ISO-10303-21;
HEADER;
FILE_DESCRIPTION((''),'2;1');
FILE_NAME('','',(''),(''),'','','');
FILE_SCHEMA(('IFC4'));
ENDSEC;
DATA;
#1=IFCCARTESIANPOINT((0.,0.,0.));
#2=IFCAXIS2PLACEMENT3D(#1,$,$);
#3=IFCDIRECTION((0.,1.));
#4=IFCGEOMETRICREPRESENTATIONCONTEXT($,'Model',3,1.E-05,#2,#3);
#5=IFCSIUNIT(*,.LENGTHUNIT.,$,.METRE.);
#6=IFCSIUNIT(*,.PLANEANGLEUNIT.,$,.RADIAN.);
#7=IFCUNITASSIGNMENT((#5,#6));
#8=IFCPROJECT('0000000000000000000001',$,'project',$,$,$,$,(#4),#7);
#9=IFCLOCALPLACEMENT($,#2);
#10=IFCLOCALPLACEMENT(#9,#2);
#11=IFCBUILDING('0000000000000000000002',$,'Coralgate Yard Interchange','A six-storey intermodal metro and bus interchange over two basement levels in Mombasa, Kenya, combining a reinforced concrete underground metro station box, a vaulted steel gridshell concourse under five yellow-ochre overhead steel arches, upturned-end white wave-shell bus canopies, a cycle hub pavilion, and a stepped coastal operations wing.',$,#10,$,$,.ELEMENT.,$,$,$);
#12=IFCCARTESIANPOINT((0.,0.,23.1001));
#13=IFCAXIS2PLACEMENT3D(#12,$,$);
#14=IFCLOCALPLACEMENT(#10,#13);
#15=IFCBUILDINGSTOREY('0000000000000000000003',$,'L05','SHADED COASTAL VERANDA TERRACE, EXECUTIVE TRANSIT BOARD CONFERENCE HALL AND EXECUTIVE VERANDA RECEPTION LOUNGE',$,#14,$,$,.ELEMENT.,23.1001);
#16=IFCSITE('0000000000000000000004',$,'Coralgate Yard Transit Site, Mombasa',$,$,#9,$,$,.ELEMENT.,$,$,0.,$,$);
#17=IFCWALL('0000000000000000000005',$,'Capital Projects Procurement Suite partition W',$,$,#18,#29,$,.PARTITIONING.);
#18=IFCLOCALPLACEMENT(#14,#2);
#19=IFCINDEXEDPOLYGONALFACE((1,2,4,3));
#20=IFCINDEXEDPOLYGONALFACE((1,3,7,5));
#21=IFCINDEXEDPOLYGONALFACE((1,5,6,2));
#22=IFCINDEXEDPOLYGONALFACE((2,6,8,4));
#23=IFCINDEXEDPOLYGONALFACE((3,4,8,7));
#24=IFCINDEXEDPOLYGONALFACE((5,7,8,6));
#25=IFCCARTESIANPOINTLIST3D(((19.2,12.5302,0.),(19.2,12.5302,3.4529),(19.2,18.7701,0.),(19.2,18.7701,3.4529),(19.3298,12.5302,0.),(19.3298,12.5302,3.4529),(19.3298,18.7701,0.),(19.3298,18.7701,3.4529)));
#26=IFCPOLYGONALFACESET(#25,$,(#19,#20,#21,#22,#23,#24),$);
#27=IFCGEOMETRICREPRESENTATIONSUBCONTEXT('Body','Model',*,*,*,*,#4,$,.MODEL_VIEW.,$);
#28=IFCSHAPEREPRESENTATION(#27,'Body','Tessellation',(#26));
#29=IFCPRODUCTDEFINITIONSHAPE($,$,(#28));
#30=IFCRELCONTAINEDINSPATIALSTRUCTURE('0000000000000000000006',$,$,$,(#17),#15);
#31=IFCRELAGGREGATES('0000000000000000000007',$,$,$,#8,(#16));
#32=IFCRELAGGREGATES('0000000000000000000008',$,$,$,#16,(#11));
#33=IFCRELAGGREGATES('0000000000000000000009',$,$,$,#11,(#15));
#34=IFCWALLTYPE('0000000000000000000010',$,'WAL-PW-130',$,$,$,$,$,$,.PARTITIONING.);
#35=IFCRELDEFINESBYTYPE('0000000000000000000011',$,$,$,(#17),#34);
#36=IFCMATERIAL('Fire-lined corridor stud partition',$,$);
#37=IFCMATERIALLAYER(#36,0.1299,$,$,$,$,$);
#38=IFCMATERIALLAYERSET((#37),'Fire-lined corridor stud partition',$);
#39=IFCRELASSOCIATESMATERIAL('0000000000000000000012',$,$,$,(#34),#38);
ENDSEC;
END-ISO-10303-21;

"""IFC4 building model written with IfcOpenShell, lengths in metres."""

from ifc_helpers import new_model, si_unit, direction, frame, frame_2d, origin, place, context, subcontext, project, spatial, rectangle, extrude, material, layer, layer_set, type_object, element, save


model = new_model("IFC4")

# Units and contexts
model_context = context("Model", 3, precision=1e-05, world=origin(), true_north=direction((0.0, 1.0)))
body_context = subcontext(model_context, "Body", "Model", "MODEL_VIEW")
ifc_project = project(units=[si_unit("LENGTHUNIT", "METRE"), si_unit("PLANEANGLEUNIT", "RADIAN")], contexts=[model_context])

# Site, building, storey
site_placement = place(None, origin())
site = spatial("IfcSite", under=ifc_project, at=site_placement, Name="Coralgate Yard Transit Site, Mombasa", CompositionType="ELEMENT", RefElevation=0.0)
building_placement = place(site_placement, origin())
building = spatial("IfcBuilding", under=site, at=building_placement, Name="Coralgate Yard Interchange", Description="A six-storey intermodal metro and bus interchange over two basement levels in Mombasa, Kenya, combining a reinforced concrete underground metro station box, a vaulted steel gridshell concourse under five yellow-ochre overhead steel arches, upturned-end white wave-shell bus canopies, a cycle hub pavilion, and a stepped coastal operations wing.", CompositionType="ELEMENT")
storey_placement = place(building_placement, frame((0.0, 0.0, 23.1001)))
storey = spatial("IfcBuildingStorey", under=building, at=storey_placement, Name="L05", Description="SHADED COASTAL VERANDA TERRACE, EXECUTIVE TRANSIT BOARD CONFERENCE HALL AND EXECUTIVE VERANDA RECEPTION LOUNGE", CompositionType="ELEMENT", Elevation=23.1001)

# Wall
ifc_material_1 = material(Name="Fire-lined corridor stud partition")
ifc_layer_1 = layer(ifc_material_1, 0.1299)
ifc_layer_set_1 = layer_set([ifc_layer_1], Name="Fire-lined corridor stud partition")
wall_type = type_object("IfcWallType", Name="WAL-PW-130", PredefinedType="PARTITIONING", material=ifc_layer_set_1)
wall_1_placement = place(storey_placement, frame((19.2649, 12.53, 0.0), z_axis=(0.0, 0.0, 1.0), x_axis=(0.0, 1.0, 0.0)))
element("IfcWall", 1, at=wall_1_placement, inside=storey, type_object=wall_type, Name="Capital Projects Procurement Suite partition W", PredefinedType="PARTITIONING", context=body_context, shape_type="SweptSolid", body=[
    extrude(rectangle(XDim=6.24, YDim=0.1299, at=frame_2d((3.1201, 0.0))), origin(), (0.0, 0.0, 1.0), 3.4529),
])

save(model, "model.ifc")
